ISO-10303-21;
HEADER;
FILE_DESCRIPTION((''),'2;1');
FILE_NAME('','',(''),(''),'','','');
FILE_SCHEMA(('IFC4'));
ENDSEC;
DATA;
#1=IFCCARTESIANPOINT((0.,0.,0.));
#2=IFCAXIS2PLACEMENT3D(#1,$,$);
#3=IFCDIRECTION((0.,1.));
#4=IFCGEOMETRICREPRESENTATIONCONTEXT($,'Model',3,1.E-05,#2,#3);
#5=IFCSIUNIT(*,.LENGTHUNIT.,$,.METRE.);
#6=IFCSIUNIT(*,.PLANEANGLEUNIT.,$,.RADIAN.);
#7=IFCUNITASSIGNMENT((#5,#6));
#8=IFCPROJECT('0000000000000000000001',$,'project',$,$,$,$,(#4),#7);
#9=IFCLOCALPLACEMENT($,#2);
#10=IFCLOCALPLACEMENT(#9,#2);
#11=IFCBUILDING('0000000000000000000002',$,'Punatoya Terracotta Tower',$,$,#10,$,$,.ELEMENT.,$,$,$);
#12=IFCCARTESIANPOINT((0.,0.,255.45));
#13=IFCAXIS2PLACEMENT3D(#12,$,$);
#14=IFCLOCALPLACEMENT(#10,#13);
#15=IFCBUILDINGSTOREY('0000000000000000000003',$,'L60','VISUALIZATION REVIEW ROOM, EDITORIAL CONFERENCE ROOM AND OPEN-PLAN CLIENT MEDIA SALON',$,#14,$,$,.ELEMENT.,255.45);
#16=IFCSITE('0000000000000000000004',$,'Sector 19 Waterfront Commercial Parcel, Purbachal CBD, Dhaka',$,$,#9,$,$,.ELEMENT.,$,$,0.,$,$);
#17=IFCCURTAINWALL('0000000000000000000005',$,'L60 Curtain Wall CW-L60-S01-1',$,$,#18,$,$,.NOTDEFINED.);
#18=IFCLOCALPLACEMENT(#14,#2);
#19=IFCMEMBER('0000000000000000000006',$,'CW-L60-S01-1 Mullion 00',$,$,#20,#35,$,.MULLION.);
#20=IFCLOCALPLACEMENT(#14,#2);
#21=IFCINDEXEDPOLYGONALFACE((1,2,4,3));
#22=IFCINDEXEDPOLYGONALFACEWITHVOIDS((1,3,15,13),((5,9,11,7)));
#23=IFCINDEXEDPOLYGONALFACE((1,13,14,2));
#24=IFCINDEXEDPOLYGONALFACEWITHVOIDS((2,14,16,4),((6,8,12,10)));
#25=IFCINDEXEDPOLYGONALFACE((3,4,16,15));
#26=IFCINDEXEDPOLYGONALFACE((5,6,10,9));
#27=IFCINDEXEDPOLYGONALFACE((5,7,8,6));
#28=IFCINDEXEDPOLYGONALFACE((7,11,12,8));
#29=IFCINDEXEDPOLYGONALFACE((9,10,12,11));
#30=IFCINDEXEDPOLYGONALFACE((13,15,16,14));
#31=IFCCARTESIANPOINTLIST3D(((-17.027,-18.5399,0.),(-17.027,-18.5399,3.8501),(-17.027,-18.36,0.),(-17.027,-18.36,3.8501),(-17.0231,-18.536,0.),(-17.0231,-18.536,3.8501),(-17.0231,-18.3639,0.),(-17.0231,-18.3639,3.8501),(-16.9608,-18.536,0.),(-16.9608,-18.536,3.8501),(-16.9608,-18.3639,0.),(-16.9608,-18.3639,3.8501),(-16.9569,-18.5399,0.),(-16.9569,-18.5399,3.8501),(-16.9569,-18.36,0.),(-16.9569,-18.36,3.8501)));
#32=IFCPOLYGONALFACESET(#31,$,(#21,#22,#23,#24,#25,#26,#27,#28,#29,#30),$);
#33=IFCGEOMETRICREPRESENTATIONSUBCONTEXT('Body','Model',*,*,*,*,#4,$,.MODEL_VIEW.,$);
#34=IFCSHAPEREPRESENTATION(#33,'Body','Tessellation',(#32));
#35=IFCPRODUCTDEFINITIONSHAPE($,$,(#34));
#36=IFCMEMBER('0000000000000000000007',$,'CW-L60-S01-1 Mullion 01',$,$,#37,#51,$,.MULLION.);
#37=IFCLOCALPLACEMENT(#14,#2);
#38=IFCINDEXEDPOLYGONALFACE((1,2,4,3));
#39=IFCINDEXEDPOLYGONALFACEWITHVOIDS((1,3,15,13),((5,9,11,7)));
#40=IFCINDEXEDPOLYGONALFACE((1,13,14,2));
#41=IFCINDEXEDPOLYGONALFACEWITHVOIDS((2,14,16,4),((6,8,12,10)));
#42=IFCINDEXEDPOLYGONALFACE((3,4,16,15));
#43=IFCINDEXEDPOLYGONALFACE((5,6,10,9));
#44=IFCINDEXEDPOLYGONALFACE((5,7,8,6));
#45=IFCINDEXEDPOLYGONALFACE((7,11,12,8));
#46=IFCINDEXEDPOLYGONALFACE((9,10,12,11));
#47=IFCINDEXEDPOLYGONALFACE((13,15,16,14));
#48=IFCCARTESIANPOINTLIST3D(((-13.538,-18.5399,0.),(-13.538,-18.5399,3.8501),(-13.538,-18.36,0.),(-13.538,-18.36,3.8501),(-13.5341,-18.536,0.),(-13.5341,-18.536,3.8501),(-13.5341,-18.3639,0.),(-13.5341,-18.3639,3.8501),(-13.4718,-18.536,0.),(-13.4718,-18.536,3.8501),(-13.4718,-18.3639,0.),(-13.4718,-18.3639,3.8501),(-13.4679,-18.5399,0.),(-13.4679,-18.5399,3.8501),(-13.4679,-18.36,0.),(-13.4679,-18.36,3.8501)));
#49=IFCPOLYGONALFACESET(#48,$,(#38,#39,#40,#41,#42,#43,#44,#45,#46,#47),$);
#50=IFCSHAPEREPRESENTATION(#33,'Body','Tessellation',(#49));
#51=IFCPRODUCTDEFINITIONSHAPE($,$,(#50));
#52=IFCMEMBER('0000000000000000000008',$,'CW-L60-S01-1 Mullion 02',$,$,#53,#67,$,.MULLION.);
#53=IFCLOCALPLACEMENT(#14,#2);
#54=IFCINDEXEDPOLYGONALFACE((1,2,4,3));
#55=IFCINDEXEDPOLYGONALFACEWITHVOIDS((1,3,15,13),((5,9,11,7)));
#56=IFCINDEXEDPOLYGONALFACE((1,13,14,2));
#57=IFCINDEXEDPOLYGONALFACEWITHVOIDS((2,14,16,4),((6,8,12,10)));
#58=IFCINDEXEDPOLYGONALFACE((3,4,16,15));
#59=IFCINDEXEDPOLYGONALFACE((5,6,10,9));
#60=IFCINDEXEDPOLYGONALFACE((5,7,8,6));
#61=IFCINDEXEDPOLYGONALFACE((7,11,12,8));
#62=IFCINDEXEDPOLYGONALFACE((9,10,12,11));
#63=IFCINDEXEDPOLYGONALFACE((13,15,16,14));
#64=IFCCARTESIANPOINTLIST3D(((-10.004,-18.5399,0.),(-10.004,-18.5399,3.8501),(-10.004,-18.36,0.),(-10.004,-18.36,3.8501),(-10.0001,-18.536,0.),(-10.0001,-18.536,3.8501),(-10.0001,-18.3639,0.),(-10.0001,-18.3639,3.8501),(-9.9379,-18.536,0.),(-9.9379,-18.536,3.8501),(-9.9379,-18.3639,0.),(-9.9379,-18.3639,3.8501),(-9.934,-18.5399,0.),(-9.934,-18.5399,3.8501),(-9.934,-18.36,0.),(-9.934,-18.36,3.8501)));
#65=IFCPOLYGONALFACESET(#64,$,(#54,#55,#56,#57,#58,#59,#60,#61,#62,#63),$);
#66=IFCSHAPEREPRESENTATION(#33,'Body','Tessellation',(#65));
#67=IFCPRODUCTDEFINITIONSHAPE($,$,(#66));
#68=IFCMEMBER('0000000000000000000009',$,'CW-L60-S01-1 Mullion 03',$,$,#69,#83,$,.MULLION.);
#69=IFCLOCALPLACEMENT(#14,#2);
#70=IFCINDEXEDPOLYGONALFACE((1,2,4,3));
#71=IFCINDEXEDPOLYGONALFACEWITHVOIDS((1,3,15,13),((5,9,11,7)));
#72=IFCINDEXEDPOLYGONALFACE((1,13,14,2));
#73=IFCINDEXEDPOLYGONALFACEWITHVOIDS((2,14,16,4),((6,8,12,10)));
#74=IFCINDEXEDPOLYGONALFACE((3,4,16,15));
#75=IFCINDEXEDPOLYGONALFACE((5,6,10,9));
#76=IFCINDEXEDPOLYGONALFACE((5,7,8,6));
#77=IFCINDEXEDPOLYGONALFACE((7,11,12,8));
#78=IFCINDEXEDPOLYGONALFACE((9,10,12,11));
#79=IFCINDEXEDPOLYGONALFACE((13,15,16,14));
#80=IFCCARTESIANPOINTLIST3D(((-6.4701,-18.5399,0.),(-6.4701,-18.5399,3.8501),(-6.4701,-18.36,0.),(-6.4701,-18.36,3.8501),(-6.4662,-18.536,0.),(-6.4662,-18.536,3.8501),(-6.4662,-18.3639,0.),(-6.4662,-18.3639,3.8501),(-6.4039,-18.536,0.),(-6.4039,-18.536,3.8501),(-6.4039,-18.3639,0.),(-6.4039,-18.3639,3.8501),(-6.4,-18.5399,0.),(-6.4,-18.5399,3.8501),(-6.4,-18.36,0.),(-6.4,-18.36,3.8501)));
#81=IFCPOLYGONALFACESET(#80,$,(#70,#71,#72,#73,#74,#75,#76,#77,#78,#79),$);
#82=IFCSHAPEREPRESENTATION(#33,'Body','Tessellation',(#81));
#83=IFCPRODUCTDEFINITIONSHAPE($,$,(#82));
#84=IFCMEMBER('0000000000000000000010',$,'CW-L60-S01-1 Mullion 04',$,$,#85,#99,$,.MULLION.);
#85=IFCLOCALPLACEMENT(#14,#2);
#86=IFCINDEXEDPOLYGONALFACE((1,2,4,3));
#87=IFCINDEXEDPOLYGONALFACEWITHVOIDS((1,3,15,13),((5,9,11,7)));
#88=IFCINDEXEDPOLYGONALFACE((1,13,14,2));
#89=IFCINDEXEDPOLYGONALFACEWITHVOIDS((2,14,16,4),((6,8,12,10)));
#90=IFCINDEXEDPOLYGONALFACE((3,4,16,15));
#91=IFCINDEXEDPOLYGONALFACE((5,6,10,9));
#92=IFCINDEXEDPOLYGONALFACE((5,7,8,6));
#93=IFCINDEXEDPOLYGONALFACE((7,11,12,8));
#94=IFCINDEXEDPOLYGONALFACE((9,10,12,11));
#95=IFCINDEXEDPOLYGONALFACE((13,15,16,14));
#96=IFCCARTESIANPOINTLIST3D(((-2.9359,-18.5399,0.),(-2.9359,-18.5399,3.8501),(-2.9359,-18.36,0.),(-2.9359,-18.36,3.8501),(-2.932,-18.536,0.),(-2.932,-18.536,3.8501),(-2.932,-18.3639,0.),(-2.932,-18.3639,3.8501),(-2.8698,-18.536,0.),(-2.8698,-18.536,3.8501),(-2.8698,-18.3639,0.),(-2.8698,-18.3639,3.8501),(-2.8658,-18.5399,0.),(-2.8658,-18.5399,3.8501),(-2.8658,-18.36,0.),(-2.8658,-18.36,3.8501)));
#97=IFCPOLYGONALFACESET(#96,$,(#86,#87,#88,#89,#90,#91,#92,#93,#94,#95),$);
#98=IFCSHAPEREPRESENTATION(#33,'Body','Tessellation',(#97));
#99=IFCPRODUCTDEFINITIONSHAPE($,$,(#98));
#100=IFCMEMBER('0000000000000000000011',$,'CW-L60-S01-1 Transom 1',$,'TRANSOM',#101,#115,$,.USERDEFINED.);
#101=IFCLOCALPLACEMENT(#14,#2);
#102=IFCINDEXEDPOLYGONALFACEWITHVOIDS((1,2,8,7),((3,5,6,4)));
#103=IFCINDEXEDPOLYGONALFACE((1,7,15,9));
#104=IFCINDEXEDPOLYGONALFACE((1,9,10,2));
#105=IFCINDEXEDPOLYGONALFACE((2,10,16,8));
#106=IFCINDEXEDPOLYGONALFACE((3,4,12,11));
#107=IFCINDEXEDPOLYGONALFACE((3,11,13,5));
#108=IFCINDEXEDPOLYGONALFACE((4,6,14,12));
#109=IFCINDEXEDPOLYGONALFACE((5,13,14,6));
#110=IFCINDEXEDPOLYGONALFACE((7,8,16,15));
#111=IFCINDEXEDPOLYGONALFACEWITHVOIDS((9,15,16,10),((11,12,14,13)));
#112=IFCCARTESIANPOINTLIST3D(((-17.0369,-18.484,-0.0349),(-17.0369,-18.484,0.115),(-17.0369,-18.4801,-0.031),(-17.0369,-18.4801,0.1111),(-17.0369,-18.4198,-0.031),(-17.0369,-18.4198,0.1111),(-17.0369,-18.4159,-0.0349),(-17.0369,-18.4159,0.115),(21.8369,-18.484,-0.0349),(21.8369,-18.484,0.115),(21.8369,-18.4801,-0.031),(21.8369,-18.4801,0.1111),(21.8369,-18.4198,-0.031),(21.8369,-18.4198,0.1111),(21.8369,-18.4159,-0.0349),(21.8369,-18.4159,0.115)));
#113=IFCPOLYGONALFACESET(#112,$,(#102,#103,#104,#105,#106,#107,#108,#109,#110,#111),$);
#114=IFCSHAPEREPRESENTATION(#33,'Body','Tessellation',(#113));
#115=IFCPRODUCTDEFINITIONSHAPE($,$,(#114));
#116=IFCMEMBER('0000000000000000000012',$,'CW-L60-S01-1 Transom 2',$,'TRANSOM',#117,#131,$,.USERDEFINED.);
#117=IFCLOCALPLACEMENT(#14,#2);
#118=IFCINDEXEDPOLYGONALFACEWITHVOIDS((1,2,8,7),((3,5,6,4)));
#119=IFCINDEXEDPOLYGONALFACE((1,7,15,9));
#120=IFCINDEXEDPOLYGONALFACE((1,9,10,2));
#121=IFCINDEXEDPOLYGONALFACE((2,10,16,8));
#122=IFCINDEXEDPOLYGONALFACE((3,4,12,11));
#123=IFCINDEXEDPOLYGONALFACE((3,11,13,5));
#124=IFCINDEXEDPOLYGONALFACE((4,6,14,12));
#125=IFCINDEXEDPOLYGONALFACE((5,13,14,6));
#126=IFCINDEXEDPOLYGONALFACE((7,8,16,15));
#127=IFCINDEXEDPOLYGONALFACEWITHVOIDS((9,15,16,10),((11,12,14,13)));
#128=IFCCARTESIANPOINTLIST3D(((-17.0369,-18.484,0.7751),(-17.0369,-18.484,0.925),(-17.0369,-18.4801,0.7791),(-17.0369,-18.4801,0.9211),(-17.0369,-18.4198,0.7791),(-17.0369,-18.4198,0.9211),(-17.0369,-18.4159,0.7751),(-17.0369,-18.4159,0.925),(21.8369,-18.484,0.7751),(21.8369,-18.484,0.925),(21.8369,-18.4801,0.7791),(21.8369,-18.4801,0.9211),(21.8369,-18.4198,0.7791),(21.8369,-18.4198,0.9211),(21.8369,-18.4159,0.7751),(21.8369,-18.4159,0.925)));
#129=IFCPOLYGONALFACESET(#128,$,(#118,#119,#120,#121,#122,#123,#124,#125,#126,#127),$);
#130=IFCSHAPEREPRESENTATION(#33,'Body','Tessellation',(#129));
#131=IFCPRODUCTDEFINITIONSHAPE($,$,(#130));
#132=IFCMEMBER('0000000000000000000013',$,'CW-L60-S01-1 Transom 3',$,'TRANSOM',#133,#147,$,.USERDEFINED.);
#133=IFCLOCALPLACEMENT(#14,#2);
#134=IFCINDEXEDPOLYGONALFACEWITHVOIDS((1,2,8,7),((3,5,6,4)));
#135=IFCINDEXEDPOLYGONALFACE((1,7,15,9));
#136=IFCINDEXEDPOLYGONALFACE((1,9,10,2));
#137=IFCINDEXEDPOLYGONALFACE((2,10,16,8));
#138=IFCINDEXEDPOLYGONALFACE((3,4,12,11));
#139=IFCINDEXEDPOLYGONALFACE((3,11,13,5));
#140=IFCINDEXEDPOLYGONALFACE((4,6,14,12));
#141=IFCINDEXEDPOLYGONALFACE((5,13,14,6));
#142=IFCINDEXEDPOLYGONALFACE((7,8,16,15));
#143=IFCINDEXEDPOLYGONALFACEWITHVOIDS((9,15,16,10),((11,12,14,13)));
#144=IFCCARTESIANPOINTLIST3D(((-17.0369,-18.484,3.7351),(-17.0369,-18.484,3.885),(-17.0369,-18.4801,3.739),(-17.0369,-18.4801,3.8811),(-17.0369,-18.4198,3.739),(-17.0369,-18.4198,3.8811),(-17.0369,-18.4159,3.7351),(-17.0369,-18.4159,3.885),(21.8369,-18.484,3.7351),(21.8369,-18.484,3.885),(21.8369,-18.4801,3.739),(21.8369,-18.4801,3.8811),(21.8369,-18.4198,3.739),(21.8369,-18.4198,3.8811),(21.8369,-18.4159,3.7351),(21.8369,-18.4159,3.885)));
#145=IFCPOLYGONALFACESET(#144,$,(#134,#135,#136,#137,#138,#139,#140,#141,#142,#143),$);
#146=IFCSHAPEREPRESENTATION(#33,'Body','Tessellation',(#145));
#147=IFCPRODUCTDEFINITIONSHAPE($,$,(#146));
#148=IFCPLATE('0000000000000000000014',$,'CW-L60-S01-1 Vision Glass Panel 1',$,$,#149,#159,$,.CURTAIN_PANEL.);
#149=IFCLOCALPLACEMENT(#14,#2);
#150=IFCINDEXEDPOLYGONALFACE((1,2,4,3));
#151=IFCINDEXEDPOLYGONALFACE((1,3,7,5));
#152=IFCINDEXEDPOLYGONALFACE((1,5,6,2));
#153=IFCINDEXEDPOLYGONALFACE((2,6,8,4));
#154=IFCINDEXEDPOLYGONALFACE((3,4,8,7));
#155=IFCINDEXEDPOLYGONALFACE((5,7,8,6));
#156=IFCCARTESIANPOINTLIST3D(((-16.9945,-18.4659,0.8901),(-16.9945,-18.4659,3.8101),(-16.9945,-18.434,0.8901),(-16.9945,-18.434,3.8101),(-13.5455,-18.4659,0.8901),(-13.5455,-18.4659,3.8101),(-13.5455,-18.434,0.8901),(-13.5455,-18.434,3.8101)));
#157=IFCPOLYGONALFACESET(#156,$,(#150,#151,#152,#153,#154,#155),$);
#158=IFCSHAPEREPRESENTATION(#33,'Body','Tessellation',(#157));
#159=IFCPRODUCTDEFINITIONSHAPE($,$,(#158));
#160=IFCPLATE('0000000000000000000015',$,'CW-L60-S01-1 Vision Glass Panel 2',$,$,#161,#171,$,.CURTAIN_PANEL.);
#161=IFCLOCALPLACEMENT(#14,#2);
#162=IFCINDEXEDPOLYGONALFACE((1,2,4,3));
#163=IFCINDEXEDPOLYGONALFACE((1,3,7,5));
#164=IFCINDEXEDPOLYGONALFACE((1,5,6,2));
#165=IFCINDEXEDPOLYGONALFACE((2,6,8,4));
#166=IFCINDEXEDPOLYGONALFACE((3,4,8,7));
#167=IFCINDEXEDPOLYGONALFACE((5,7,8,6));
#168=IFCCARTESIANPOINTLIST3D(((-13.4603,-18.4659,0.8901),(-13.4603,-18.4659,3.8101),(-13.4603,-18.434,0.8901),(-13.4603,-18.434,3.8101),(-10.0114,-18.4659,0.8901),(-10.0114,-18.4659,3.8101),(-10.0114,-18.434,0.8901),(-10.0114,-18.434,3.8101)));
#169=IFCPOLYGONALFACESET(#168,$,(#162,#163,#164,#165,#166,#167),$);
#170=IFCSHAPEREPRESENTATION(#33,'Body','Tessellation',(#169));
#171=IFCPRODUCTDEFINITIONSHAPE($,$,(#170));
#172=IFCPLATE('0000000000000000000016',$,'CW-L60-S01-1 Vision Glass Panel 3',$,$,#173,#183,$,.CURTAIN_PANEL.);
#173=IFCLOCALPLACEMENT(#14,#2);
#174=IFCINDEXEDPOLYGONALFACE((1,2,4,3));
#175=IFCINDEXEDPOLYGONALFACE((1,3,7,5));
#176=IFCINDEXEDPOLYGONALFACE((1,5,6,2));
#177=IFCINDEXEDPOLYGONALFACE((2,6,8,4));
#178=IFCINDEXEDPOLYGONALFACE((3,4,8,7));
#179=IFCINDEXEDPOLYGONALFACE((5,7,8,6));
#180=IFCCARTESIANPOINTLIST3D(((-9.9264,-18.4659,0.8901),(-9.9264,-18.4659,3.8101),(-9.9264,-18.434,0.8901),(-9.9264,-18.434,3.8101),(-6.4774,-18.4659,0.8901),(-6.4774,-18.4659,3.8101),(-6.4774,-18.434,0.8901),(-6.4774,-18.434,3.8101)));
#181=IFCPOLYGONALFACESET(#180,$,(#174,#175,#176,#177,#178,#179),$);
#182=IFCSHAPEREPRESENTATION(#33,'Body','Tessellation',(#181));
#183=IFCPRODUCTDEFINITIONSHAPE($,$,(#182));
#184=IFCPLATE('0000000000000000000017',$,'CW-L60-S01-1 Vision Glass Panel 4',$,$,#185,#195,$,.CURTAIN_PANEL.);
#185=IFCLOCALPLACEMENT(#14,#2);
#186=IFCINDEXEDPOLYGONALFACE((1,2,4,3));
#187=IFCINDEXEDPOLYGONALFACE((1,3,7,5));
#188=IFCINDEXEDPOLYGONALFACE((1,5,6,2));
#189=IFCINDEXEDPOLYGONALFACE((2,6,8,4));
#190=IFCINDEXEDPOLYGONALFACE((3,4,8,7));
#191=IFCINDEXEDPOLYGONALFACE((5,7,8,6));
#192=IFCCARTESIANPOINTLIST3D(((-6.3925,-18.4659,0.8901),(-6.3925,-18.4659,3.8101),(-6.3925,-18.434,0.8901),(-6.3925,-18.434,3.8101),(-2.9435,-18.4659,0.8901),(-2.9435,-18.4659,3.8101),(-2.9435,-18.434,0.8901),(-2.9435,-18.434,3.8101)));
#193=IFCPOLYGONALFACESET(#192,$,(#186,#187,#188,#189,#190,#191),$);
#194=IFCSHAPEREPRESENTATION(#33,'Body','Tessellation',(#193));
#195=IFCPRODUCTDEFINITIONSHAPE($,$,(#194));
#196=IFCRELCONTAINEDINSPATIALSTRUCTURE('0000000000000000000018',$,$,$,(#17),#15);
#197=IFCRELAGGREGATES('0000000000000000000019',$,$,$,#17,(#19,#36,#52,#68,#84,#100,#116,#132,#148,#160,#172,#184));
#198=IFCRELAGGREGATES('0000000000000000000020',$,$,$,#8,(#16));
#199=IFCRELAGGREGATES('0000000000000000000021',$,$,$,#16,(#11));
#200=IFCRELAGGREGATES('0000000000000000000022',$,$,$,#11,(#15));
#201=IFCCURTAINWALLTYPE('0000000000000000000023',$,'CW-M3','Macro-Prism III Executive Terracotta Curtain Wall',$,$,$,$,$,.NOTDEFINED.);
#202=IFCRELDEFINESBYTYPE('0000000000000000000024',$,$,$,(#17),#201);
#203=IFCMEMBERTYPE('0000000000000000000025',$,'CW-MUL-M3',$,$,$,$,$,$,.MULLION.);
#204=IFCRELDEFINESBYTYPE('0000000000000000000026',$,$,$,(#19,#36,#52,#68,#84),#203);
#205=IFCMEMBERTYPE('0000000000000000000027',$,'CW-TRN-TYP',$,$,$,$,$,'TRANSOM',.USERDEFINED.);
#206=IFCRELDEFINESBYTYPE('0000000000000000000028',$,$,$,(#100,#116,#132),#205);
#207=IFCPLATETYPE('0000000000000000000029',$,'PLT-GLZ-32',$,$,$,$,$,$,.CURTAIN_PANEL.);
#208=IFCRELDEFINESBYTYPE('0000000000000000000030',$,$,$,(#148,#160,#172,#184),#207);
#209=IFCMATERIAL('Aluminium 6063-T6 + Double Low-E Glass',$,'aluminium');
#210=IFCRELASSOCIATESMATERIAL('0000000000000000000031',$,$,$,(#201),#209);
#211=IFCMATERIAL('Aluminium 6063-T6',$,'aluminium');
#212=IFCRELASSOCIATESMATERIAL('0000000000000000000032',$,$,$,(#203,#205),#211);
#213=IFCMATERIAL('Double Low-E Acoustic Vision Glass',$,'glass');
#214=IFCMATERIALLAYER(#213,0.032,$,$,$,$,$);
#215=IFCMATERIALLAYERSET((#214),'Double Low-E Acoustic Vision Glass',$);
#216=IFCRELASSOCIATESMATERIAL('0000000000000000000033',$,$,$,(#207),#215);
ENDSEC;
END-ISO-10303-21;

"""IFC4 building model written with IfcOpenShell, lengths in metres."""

from ifc_helpers import new_model, si_unit, direction, frame, origin, origin_2d, place, context, subcontext, project, spatial, rectangle, hollow_rectangle, extrude, material, layer, layer_set, material_profile, profile_set, type_object, element, aggregate, save


model = new_model("IFC4")

# Units and contexts
model_context = context("Model", 3, precision=1e-05, world=origin(), true_north=direction((0.0, 1.0)))
body_context = subcontext(model_context, "Body", "Model", "MODEL_VIEW")
ifc_project = project(units=[si_unit("LENGTHUNIT", "METRE"), si_unit("PLANEANGLEUNIT", "RADIAN")], contexts=[model_context])

# Site, building, storey
site_placement = place(None, origin())
site = spatial("IfcSite", under=ifc_project, at=site_placement, Name="Sector 19 Waterfront Commercial Parcel, Purbachal CBD, Dhaka", CompositionType="ELEMENT", RefElevation=0.0)
building_placement = place(site_placement, origin())
building = spatial("IfcBuilding", under=site, at=building_placement, Name="Punatoya Terracotta Tower", CompositionType="ELEMENT")
storey_placement = place(building_placement, frame((0.0, 0.0, 255.45)))
storey = spatial("IfcBuildingStorey", under=building, at=storey_placement, Name="L60", Description="VISUALIZATION REVIEW ROOM, EDITORIAL CONFERENCE ROOM AND OPEN-PLAN CLIENT MEDIA SALON", CompositionType="ELEMENT", Elevation=255.45)

# Curtain wall, members, plates
ifc_material_1 = material(Name="Aluminium 6063-T6 + Double Low-E Glass", Category="aluminium")
curtain_wall_type = type_object("IfcCurtainWallType", Name="CW-M3", Description="Macro-Prism III Executive Terracotta Curtain Wall", PredefinedType="NOTDEFINED", material=ifc_material_1)
curtain_wall_placement = place(storey_placement, origin())
curtain_wall = element("IfcCurtainWall", 1, at=curtain_wall_placement, inside=storey, type_object=curtain_wall_type, Name="L60 Curtain Wall CW-L60-S01-1", PredefinedType="NOTDEFINED")
ifc_material_2 = material(Name="Aluminium 6063-T6", Category="aluminium")
ifc_material_profile_1 = material_profile(ifc_material_2, hollow_rectangle(XDim=0.0701, YDim=0.1799, WallThickness=0.0039, at=origin_2d()))
ifc_profile_set_1 = profile_set([ifc_material_profile_1], Name="Aluminium 6063-T6")
member_type_1 = type_object("IfcMemberType", Name="CW-MUL-M3", PredefinedType="MULLION", material=ifc_profile_set_1)
member_1_placement = place(storey_placement, frame((-16.9919, -18.45, 0.0), z_axis=(0.0, 0.0, 1.0), x_axis=(1.0, 0.0, 0.0)))
member_1 = element("IfcMember", 2, at=member_1_placement, type_object=member_type_1, Name="CW-L60-S01-1 Mullion 00", PredefinedType="MULLION", context=body_context, shape_type="SweptSolid", body=[
    extrude(hollow_rectangle(XDim=0.0701, YDim=0.1799, WallThickness=0.0039, at=origin_2d()), origin(), (0.0, 0.0, 1.0), 3.8501),
])
member_2_placement = place(storey_placement, frame((-13.5029, -18.45, 0.0), z_axis=(0.0, 0.0, 1.0), x_axis=(1.0, 0.0, 0.0)))
member_2 = element("IfcMember", 3, at=member_2_placement, type_object=member_type_1, Name="CW-L60-S01-1 Mullion 01", PredefinedType="MULLION", context=body_context, shape_type="SweptSolid", body=[
    extrude(hollow_rectangle(XDim=0.0701, YDim=0.1799, WallThickness=0.0039, at=origin_2d()), origin(), (0.0, 0.0, 1.0), 3.8501),
])
member_3_placement = place(storey_placement, frame((-9.969, -18.45, 0.0), z_axis=(0.0, 0.0, 1.0), x_axis=(1.0, 0.0, 0.0)))
member_3 = element("IfcMember", 4, at=member_3_placement, type_object=member_type_1, Name="CW-L60-S01-1 Mullion 02", PredefinedType="MULLION", context=body_context, shape_type="SweptSolid", body=[
    extrude(hollow_rectangle(XDim=0.0701, YDim=0.1799, WallThickness=0.0039, at=origin_2d()), origin(), (0.0, 0.0, 1.0), 3.8501),
])
member_4_placement = place(storey_placement, frame((-6.4351, -18.45, 0.0), z_axis=(0.0, 0.0, 1.0), x_axis=(1.0, 0.0, 0.0)))
member_4 = element("IfcMember", 5, at=member_4_placement, type_object=member_type_1, Name="CW-L60-S01-1 Mullion 03", PredefinedType="MULLION", context=body_context, shape_type="SweptSolid", body=[
    extrude(hollow_rectangle(XDim=0.0701, YDim=0.1799, WallThickness=0.0039, at=origin_2d()), origin(), (0.0, 0.0, 1.0), 3.8501),
])
member_5_placement = place(storey_placement, frame((-2.9009, -18.45, 0.0), z_axis=(0.0, 0.0, 1.0), x_axis=(1.0, 0.0, 0.0)))
member_5 = element("IfcMember", 6, at=member_5_placement, type_object=member_type_1, Name="CW-L60-S01-1 Mullion 04", PredefinedType="MULLION", context=body_context, shape_type="SweptSolid", body=[
    extrude(hollow_rectangle(XDim=0.0701, YDim=0.1799, WallThickness=0.0039, at=origin_2d()), origin(), (0.0, 0.0, 1.0), 3.8501),
])
ifc_material_profile_2 = material_profile(ifc_material_2, hollow_rectangle(XDim=0.0681, YDim=0.1499, WallThickness=0.0039, at=origin_2d()))
ifc_profile_set_2 = profile_set([ifc_material_profile_2], Name="Aluminium 6063-T6")
member_type_2 = type_object("IfcMemberType", Name="CW-TRN-TYP", ElementType="TRANSOM", PredefinedType="USERDEFINED", material=ifc_profile_set_2)
member_6_placement = place(storey_placement, frame((-17.0369, -18.45, 0.04), z_axis=(1.0, 0.0, 0.0), x_axis=(0.0, 1.0, 0.0)))
member_6 = element("IfcMember", 7, at=member_6_placement, type_object=member_type_2, Name="CW-L60-S01-1 Transom 1", ObjectType="TRANSOM", PredefinedType="USERDEFINED", context=body_context, shape_type="SweptSolid", body=[
    extrude(hollow_rectangle(XDim=0.0681, YDim=0.1499, WallThickness=0.0039, at=origin_2d()), origin(), (0.0, 0.0, 1.0), 38.8738),
])
member_7_placement = place(storey_placement, frame((-17.0369, -18.45, 0.8501), z_axis=(1.0, 0.0, 0.0), x_axis=(0.0, 1.0, 0.0)))
member_7 = element("IfcMember", 8, at=member_7_placement, type_object=member_type_2, Name="CW-L60-S01-1 Transom 2", ObjectType="TRANSOM", PredefinedType="USERDEFINED", context=body_context, shape_type="SweptSolid", body=[
    extrude(hollow_rectangle(XDim=0.0681, YDim=0.1499, WallThickness=0.0039, at=origin_2d()), origin(), (0.0, 0.0, 1.0), 38.8738),
])
member_8_placement = place(storey_placement, frame((-17.0369, -18.45, 3.8101), z_axis=(1.0, 0.0, 0.0), x_axis=(0.0, 1.0, 0.0)))
member_8 = element("IfcMember", 9, at=member_8_placement, type_object=member_type_2, Name="CW-L60-S01-1 Transom 3", ObjectType="TRANSOM", PredefinedType="USERDEFINED", context=body_context, shape_type="SweptSolid", body=[
    extrude(hollow_rectangle(XDim=0.0681, YDim=0.1499, WallThickness=0.0039, at=origin_2d()), origin(), (0.0, 0.0, 1.0), 38.8738),
])
ifc_material_3 = material(Name="Double Low-E Acoustic Vision Glass", Category="glass")
ifc_layer_1 = layer(ifc_material_3, 0.032)
ifc_layer_set_1 = layer_set([ifc_layer_1], Name="Double Low-E Acoustic Vision Glass")
plate_type_1 = type_object("IfcPlateType", Name="PLT-GLZ-32", PredefinedType="CURTAIN_PANEL", material=ifc_layer_set_1)
plate_1_placement = place(storey_placement, frame((-15.27, -18.45, 0.8901), z_axis=(0.0, 0.0, 1.0), x_axis=(1.0, 0.0, 0.0)))
plate_1 = element("IfcPlate", 10, at=plate_1_placement, type_object=plate_type_1, Name="CW-L60-S01-1 Vision Glass Panel 1", PredefinedType="CURTAIN_PANEL", context=body_context, shape_type="SweptSolid", body=[
    extrude(rectangle(XDim=3.449, YDim=0.032, at=origin_2d()), origin(), (0.0, 0.0, 1.0), 2.9199),
])
plate_2_placement = place(storey_placement, frame((-11.7358, -18.45, 0.8901), z_axis=(0.0, 0.0, 1.0), x_axis=(1.0, 0.0, 0.0)))
plate_2 = element("IfcPlate", 11, at=plate_2_placement, type_object=plate_type_1, Name="CW-L60-S01-1 Vision Glass Panel 2", PredefinedType="CURTAIN_PANEL", context=body_context, shape_type="SweptSolid", body=[
    extrude(rectangle(XDim=3.449, YDim=0.032, at=origin_2d()), origin(), (0.0, 0.0, 1.0), 2.9199),
])
plate_3_placement = place(storey_placement, frame((-8.2019, -18.45, 0.8901), z_axis=(0.0, 0.0, 1.0), x_axis=(1.0, 0.0, 0.0)))
plate_3 = element("IfcPlate", 12, at=plate_3_placement, type_object=plate_type_1, Name="CW-L60-S01-1 Vision Glass Panel 3", PredefinedType="CURTAIN_PANEL", context=body_context, shape_type="SweptSolid", body=[
    extrude(rectangle(XDim=3.449, YDim=0.032, at=origin_2d()), origin(), (0.0, 0.0, 1.0), 2.9199),
])
plate_4_placement = place(storey_placement, frame((-4.668, -18.45, 0.8901), z_axis=(0.0, 0.0, 1.0), x_axis=(1.0, 0.0, 0.0)))
plate_4 = element("IfcPlate", 13, at=plate_4_placement, type_object=plate_type_1, Name="CW-L60-S01-1 Vision Glass Panel 4", PredefinedType="CURTAIN_PANEL", context=body_context, shape_type="SweptSolid", body=[
    extrude(rectangle(XDim=3.449, YDim=0.032, at=origin_2d()), origin(), (0.0, 0.0, 1.0), 2.9199),
])
aggregate(curtain_wall, [member_1, member_2, member_3, member_4, member_5, member_6, member_7, member_8, plate_1, plate_2, plate_3, plate_4])

save(model, "model.ifc")
